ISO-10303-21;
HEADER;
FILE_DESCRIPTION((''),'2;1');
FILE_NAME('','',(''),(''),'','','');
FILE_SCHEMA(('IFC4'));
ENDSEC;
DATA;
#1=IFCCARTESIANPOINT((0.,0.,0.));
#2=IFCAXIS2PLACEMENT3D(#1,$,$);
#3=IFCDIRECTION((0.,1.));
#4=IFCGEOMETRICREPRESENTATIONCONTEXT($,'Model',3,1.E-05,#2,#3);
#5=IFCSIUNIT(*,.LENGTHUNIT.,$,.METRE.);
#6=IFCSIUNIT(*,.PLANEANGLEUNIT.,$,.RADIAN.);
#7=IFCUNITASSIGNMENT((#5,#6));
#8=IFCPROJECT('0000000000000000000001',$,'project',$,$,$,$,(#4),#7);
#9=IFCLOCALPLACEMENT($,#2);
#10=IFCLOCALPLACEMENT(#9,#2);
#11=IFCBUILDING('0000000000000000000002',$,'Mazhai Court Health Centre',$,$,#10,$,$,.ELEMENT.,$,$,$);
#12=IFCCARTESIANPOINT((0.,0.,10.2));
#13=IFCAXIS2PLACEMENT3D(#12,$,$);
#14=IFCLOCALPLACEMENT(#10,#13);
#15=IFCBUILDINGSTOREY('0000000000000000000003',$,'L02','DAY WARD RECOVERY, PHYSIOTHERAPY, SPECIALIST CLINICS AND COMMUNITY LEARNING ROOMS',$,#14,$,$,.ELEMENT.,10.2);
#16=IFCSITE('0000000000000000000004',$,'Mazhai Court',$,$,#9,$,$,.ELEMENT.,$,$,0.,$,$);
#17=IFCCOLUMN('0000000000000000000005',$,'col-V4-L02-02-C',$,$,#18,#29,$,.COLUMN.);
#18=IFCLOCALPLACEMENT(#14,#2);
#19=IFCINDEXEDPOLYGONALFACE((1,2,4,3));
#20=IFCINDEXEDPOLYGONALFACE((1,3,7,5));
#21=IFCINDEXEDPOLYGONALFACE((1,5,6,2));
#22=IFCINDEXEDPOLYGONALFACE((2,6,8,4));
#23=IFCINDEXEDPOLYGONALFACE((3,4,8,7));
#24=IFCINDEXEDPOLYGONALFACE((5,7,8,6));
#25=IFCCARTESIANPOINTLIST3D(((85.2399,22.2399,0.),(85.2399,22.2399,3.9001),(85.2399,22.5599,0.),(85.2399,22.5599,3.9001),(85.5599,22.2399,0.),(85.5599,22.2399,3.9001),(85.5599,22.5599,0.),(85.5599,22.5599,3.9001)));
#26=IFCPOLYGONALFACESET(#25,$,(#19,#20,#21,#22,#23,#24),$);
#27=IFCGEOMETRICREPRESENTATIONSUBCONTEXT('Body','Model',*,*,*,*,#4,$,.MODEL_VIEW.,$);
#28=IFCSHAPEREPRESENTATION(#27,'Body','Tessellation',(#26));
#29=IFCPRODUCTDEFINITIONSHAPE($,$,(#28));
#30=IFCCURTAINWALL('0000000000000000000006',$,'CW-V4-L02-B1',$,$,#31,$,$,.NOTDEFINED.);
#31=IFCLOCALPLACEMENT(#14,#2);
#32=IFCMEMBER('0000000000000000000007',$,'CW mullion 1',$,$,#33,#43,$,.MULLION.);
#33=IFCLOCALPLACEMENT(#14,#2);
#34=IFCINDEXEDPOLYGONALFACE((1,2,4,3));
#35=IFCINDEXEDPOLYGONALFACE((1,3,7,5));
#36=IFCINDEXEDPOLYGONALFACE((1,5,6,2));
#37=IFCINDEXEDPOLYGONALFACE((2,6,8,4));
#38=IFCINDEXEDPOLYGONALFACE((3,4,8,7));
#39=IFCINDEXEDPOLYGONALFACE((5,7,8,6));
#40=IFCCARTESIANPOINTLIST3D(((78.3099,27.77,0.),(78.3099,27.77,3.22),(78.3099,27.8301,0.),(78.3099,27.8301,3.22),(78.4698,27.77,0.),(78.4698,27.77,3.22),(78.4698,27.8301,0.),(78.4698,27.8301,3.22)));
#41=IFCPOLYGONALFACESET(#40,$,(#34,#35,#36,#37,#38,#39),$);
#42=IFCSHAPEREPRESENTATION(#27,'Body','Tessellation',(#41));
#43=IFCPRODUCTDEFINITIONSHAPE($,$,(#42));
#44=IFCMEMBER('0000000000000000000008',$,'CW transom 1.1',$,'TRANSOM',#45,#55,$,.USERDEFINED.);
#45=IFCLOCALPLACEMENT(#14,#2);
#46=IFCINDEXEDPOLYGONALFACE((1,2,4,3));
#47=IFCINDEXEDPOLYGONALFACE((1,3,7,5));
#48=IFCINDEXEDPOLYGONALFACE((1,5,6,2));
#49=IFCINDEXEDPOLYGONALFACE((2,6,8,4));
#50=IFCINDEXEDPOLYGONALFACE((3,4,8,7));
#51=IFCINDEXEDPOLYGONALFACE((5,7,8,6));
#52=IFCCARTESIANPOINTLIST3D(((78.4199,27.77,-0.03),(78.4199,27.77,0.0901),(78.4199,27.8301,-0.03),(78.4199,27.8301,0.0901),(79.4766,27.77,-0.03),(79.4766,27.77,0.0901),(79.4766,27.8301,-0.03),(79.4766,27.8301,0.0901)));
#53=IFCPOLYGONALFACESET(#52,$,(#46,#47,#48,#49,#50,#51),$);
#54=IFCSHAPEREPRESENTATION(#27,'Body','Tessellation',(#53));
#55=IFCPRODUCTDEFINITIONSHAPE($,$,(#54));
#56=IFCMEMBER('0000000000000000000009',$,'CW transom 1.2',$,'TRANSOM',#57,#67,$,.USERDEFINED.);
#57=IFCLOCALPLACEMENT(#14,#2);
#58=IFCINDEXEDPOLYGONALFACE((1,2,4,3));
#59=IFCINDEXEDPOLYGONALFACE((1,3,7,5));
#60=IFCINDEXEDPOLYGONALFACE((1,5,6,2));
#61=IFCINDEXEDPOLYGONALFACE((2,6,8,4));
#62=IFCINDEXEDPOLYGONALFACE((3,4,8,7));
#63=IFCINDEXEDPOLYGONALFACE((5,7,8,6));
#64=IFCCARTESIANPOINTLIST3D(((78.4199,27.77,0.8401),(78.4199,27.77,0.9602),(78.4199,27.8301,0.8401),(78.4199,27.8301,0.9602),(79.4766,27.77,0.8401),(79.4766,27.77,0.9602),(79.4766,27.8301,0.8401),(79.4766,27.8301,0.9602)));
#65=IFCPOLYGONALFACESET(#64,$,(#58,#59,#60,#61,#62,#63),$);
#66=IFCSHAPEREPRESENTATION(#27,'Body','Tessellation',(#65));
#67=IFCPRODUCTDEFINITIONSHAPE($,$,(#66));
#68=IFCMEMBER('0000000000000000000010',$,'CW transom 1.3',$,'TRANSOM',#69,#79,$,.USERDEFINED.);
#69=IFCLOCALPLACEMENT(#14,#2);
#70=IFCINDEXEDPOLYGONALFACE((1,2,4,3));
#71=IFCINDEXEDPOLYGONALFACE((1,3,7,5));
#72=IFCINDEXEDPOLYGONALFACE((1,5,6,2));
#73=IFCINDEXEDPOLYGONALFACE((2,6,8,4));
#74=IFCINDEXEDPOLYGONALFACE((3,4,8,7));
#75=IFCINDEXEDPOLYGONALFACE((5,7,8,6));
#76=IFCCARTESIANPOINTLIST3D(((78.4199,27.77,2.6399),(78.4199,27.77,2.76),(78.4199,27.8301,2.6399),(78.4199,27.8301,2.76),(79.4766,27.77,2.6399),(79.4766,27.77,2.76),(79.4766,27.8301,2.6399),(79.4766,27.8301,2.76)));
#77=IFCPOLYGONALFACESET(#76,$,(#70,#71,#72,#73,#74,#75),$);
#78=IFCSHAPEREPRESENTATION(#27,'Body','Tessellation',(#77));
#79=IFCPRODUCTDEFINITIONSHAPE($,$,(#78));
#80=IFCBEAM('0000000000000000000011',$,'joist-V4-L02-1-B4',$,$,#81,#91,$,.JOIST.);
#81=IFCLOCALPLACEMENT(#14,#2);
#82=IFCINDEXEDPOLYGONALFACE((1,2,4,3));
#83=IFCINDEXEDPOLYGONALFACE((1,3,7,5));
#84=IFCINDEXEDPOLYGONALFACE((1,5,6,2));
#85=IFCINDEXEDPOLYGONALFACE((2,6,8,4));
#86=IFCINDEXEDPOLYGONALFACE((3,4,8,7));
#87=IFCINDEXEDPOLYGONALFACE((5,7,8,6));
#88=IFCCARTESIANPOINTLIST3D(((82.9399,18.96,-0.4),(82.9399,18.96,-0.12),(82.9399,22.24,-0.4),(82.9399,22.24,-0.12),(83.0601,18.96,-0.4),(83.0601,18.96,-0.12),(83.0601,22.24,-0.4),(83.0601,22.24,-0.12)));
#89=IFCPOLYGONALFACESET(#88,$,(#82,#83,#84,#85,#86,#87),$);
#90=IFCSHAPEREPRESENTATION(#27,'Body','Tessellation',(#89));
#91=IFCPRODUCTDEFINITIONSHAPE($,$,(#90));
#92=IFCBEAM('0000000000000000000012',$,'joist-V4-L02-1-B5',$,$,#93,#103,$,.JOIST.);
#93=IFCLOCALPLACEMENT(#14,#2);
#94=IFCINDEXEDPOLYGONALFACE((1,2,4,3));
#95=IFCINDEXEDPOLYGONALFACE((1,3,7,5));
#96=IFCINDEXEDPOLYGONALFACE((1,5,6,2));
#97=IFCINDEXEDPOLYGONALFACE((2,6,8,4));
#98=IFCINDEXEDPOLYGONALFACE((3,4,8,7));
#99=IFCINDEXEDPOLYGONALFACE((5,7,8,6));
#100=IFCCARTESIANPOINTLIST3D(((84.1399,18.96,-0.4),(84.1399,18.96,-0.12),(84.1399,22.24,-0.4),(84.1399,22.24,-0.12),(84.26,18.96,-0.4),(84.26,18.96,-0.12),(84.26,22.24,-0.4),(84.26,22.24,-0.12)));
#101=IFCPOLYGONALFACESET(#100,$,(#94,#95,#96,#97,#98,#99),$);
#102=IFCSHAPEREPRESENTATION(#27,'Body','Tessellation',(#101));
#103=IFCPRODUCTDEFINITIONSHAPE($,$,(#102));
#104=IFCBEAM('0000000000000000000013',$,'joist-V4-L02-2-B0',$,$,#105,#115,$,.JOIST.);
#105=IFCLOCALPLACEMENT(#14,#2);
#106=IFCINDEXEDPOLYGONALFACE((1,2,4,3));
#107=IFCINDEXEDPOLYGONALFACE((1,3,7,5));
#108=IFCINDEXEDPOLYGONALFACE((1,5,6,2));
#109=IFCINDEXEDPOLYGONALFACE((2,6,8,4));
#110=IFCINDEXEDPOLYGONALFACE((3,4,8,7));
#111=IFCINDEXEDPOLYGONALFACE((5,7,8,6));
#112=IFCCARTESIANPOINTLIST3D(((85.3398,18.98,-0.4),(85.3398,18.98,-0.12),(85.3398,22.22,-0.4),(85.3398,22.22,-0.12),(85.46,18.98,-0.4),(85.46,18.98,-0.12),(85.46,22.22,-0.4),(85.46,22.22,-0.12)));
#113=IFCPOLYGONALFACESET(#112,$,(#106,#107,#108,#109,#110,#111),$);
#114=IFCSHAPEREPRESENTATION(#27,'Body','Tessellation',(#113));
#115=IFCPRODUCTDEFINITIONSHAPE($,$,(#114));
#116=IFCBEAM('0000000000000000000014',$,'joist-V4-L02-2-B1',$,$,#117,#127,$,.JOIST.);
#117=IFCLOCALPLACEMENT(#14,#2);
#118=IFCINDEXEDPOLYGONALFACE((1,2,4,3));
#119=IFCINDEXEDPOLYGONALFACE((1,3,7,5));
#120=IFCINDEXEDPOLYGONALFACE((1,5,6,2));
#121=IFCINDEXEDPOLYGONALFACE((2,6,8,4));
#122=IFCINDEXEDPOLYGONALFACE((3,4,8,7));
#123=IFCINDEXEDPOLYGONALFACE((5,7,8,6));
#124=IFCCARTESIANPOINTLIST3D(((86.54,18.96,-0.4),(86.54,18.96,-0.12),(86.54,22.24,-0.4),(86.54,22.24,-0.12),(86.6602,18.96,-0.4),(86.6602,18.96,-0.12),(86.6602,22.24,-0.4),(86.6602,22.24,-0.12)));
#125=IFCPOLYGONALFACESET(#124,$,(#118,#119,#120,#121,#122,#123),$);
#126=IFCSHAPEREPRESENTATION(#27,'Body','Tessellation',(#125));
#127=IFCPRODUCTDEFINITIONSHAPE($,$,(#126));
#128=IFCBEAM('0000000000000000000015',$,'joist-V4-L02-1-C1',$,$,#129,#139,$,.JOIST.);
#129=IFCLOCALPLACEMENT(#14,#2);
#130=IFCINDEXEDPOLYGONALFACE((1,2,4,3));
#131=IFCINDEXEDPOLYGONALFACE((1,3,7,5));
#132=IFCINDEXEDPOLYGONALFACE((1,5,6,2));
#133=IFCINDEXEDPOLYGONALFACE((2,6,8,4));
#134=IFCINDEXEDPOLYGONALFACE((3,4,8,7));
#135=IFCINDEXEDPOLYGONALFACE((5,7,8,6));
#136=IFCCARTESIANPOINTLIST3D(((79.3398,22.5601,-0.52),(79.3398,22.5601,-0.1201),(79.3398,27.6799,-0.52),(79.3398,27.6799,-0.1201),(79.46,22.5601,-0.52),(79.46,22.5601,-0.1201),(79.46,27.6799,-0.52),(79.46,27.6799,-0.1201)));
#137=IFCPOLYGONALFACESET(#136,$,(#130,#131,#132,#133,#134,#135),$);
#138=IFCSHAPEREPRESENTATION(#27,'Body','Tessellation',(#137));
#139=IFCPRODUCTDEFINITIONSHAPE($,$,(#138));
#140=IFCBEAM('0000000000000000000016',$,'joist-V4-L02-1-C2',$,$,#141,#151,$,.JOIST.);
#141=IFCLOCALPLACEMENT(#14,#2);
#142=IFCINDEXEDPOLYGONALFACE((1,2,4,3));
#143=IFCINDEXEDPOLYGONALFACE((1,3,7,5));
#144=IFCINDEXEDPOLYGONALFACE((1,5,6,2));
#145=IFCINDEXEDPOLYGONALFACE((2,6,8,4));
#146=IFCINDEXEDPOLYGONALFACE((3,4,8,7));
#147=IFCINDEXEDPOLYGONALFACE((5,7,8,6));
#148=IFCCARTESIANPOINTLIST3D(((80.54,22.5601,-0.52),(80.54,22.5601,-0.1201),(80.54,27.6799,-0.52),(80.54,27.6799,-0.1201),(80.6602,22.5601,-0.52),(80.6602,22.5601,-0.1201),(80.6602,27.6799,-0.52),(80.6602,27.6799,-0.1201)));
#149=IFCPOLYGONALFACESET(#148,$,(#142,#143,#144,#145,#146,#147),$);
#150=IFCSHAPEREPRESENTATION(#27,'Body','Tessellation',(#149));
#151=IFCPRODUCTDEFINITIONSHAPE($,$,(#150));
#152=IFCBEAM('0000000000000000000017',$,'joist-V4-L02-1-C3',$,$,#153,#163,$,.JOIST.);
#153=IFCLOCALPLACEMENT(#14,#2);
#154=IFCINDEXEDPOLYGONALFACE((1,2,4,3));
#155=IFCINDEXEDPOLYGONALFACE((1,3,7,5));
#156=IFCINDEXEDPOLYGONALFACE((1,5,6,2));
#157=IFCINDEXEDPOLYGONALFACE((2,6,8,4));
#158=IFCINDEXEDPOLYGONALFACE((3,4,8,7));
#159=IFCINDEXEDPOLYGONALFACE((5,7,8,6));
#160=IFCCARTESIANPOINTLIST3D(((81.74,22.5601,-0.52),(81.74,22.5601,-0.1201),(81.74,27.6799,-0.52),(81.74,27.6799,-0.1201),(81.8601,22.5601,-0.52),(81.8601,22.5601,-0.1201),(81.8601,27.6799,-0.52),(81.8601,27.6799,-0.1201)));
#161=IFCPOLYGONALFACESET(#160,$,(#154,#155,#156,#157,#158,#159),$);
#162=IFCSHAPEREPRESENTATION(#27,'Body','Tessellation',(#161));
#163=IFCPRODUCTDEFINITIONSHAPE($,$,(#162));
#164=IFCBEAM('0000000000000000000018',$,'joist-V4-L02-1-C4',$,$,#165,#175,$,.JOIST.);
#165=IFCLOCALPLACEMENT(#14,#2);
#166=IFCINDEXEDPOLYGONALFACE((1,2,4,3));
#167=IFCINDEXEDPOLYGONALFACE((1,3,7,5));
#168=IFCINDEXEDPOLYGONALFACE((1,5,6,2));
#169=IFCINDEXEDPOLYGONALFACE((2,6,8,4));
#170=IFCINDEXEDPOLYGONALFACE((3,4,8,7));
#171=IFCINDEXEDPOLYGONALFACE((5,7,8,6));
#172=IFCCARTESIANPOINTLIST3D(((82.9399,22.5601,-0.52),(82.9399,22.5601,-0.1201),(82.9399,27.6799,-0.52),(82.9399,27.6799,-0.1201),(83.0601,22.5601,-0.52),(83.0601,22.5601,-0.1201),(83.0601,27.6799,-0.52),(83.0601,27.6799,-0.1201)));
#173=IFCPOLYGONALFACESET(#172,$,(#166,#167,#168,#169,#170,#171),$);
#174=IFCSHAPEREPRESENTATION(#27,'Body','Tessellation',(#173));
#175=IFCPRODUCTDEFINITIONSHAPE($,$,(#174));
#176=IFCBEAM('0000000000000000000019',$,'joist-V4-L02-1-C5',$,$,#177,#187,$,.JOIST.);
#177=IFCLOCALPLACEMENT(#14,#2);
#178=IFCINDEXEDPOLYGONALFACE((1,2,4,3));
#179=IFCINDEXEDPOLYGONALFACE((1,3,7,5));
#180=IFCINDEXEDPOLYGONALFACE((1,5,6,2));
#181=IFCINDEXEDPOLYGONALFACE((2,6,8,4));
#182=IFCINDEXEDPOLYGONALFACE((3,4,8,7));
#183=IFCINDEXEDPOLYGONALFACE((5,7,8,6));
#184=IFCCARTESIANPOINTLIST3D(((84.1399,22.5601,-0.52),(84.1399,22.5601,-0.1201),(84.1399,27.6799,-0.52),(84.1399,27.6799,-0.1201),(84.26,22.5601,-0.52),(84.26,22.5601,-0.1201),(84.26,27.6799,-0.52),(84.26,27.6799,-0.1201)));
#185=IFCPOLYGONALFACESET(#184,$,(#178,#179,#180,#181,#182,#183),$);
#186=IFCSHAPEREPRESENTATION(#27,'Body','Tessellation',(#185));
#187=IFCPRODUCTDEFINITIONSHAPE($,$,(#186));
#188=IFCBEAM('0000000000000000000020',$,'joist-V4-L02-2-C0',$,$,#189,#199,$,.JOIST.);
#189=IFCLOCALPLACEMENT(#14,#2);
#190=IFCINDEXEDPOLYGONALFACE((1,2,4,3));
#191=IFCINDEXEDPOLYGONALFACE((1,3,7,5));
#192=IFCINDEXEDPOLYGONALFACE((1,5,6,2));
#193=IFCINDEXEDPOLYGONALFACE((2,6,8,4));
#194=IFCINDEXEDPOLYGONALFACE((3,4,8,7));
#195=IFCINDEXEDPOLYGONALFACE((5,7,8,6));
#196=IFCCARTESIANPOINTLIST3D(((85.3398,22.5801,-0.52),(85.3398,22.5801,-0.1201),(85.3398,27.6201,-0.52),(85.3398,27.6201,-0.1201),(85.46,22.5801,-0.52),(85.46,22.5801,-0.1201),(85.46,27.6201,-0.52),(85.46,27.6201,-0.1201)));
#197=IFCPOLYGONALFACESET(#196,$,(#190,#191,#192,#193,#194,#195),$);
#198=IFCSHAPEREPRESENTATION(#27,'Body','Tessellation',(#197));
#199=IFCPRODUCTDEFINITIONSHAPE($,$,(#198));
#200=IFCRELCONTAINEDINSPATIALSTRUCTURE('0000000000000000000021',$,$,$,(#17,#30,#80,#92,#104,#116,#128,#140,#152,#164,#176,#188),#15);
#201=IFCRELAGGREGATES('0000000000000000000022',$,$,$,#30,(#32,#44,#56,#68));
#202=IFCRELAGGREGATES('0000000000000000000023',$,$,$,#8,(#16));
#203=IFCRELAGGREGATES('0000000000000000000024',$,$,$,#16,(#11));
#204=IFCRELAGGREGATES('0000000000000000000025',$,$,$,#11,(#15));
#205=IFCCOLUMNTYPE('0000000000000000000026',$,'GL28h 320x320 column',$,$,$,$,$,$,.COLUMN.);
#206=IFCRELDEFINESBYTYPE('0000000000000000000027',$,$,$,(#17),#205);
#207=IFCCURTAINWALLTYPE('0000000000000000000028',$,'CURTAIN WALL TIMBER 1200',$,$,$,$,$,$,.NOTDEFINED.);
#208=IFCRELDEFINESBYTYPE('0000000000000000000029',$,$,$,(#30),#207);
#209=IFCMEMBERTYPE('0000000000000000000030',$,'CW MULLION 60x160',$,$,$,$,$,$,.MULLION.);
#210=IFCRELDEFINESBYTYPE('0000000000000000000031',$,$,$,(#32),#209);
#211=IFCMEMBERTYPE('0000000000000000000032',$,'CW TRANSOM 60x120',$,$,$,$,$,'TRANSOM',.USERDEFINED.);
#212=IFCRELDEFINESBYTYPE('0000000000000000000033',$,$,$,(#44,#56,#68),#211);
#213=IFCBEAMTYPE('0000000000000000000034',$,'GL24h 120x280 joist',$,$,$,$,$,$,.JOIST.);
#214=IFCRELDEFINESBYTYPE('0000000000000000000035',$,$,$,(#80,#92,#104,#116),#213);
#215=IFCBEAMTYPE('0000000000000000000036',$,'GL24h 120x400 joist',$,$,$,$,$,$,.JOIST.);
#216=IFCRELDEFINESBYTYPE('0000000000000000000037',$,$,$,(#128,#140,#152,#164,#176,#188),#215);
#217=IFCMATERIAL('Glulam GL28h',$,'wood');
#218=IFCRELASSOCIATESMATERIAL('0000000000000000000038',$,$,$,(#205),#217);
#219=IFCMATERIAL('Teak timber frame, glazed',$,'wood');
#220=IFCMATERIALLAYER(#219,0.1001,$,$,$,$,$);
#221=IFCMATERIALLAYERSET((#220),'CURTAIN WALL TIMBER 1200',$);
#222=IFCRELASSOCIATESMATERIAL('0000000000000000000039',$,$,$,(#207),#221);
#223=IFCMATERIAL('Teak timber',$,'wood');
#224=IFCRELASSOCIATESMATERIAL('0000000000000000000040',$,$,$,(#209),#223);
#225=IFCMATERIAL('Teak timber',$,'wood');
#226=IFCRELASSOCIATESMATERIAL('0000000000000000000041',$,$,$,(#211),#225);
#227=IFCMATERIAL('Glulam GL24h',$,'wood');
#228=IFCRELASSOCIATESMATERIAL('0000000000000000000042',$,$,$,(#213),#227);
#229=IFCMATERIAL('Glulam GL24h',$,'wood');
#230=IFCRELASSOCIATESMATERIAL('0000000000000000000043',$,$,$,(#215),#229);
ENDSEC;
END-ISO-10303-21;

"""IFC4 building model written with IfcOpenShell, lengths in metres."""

from ifc_helpers import new_model, si_unit, direction, frame, origin, origin_2d, place, context, subcontext, project, spatial, rectangle, extrude, material, layer, layer_set, material_profile, profile_set, type_object, element, aggregate, save


model = new_model("IFC4")

# Units and contexts
model_context = context("Model", 3, precision=1e-05, world=origin(), true_north=direction((0.0, 1.0)))
body_context = subcontext(model_context, "Body", "Model", "MODEL_VIEW")
ifc_project = project(units=[si_unit("LENGTHUNIT", "METRE"), si_unit("PLANEANGLEUNIT", "RADIAN")], contexts=[model_context])

# Site, building, storey
site_placement = place(None, origin())
site = spatial("IfcSite", under=ifc_project, at=site_placement, Name="Mazhai Court", CompositionType="ELEMENT", RefElevation=0.0)
building_placement = place(site_placement, origin())
building = spatial("IfcBuilding", under=site, at=building_placement, Name="Mazhai Court Health Centre", CompositionType="ELEMENT")
storey_placement = place(building_placement, frame((0.0, 0.0, 10.2)))
storey = spatial("IfcBuildingStorey", under=building, at=storey_placement, Name="L02", Description="DAY WARD RECOVERY, PHYSIOTHERAPY, SPECIALIST CLINICS AND COMMUNITY LEARNING ROOMS", CompositionType="ELEMENT", Elevation=10.2)

# Column
ifc_material_1 = material(Name="Glulam GL28h", Category="wood")
ifc_material_profile_1 = material_profile(ifc_material_1, rectangle(XDim=0.3201, YDim=0.3201, at=origin_2d()), Name="GL28h 320x320")
ifc_profile_set_1 = profile_set([ifc_material_profile_1], Name="Glulam GL28h")
column_type = type_object("IfcColumnType", Name="GL28h 320x320 column", PredefinedType="COLUMN", material=ifc_profile_set_1)
column_placement = place(storey_placement, frame((85.3999, 22.3999, 0.0), z_axis=(0.0, 0.0, 1.0), x_axis=(1.0, 0.0, 0.0)))
element("IfcColumn", 1, at=column_placement, inside=storey, type_object=column_type, Name="col-V4-L02-02-C", PredefinedType="COLUMN", context=body_context, shape_type="SweptSolid", body=[
    extrude(rectangle(XDim=0.3201, YDim=0.3201, at=origin_2d()), origin(), (0.0, 0.0, 1.0), 3.9001),
])

# Curtain wall, members
ifc_material_2 = material(Name="Teak timber frame, glazed", Category="wood")
ifc_layer_1 = layer(ifc_material_2, 0.1001)
ifc_layer_set_1 = layer_set([ifc_layer_1], Name="CURTAIN WALL TIMBER 1200")
curtain_wall_type = type_object("IfcCurtainWallType", Name="CURTAIN WALL TIMBER 1200", PredefinedType="NOTDEFINED", material=ifc_layer_set_1)
curtain_wall_placement = place(storey_placement, origin())
curtain_wall = element("IfcCurtainWall", 2, at=curtain_wall_placement, inside=storey, type_object=curtain_wall_type, Name="CW-V4-L02-B1", PredefinedType="NOTDEFINED")
ifc_material_3 = material(Name="Teak timber", Category="wood")
ifc_material_profile_2 = material_profile(ifc_material_3, rectangle(XDim=0.0601, YDim=0.1599, at=origin_2d()), Name="CW MULLION 60x160")
ifc_profile_set_2 = profile_set([ifc_material_profile_2], Name="Teak timber")
member_type_1 = type_object("IfcMemberType", Name="CW MULLION 60x160", PredefinedType="MULLION", material=ifc_profile_set_2)
member_1_placement = place(storey_placement, frame((78.3899, 27.8, 0.0), z_axis=(0.0, 0.0, 1.0), x_axis=(0.0, 1.0, 0.0)))
member_1 = element("IfcMember", 3, at=member_1_placement, type_object=member_type_1, Name="CW mullion 1", PredefinedType="MULLION", context=body_context, shape_type="SweptSolid", body=[
    extrude(rectangle(XDim=0.0601, YDim=0.1599, at=origin_2d()), origin(), (0.0, 0.0, 1.0), 3.22),
])
ifc_material_4 = material(Name="Teak timber", Category="wood")
ifc_material_profile_3 = material_profile(ifc_material_4, rectangle(XDim=0.0601, YDim=0.1201, at=origin_2d()), Name="CW TRANSOM 60x120")
ifc_profile_set_3 = profile_set([ifc_material_profile_3], Name="Teak timber")
member_type_2 = type_object("IfcMemberType", Name="CW TRANSOM 60x120", ElementType="TRANSOM", PredefinedType="USERDEFINED", material=ifc_profile_set_3)
member_2_placement = place(storey_placement, frame((78.4199, 27.8, 0.03), z_axis=(1.0, 0.0, 0.0), x_axis=(0.0, 1.0, 0.0)))
member_2 = element("IfcMember", 4, at=member_2_placement, type_object=member_type_2, Name="CW transom 1.1", ObjectType="TRANSOM", PredefinedType="USERDEFINED", context=body_context, shape_type="SweptSolid", body=[
    extrude(rectangle(XDim=0.0601, YDim=0.1201, at=origin_2d()), origin(), (0.0, 0.0, 1.0), 1.0566),
])
member_3_placement = place(storey_placement, frame((78.4199, 27.8, 0.9001), z_axis=(1.0, 0.0, 0.0), x_axis=(0.0, 1.0, 0.0)))
member_3 = element("IfcMember", 5, at=member_3_placement, type_object=member_type_2, Name="CW transom 1.2", ObjectType="TRANSOM", PredefinedType="USERDEFINED", context=body_context, shape_type="SweptSolid", body=[
    extrude(rectangle(XDim=0.0601, YDim=0.1201, at=origin_2d()), origin(), (0.0, 0.0, 1.0), 1.0566),
])
member_4_placement = place(storey_placement, frame((78.4199, 27.8, 2.7), z_axis=(1.0, 0.0, 0.0), x_axis=(0.0, 1.0, 0.0)))
member_4 = element("IfcMember", 6, at=member_4_placement, type_object=member_type_2, Name="CW transom 1.3", ObjectType="TRANSOM", PredefinedType="USERDEFINED", context=body_context, shape_type="SweptSolid", body=[
    extrude(rectangle(XDim=0.0601, YDim=0.1201, at=origin_2d()), origin(), (0.0, 0.0, 1.0), 1.0566),
])
aggregate(curtain_wall, [member_1, member_2, member_3, member_4])

# Beams
ifc_material_5 = material(Name="Glulam GL24h", Category="wood")
ifc_material_profile_4 = material_profile(ifc_material_5, rectangle(XDim=0.1201, YDim=0.28, at=origin_2d()), Name="GL24h 120x280")
ifc_profile_set_4 = profile_set([ifc_material_profile_4], Name="Glulam GL24h")
beam_type_1 = type_object("IfcBeamType", Name="GL24h 120x280 joist", PredefinedType="JOIST", material=ifc_profile_set_4)
for number, where, z_axis, x_axis, name in (
    (7, (83.0, 18.96, -0.26), (0.0, 1.0, 0.0), (-1.0, 0.0, 0.0), "joist-V4-L02-1-B4"),
    (8, (84.2, 18.96, -0.26), (0.0, 1.0, 0.0), (-1.0, 0.0, 0.0), "joist-V4-L02-1-B5"),
):
    element("IfcBeam", number, at=place(storey_placement, frame(where, z_axis=z_axis, x_axis=x_axis)), inside=storey, type_object=beam_type_1, Name=name, PredefinedType="JOIST", context=body_context, shape_type="SweptSolid", body=[
        extrude(rectangle(XDim=0.1201, YDim=0.28, at=origin_2d()), origin(), (0.0, 0.0, 1.0), 3.28),
    ])
beam_1_placement = place(storey_placement, frame((85.3999, 18.98, -0.26), z_axis=(0.0, 1.0, 0.0), x_axis=(-1.0, 0.0, 0.0)))
element("IfcBeam", 9, at=beam_1_placement, inside=storey, type_object=beam_type_1, Name="joist-V4-L02-2-B0", PredefinedType="JOIST", context=body_context, shape_type="SweptSolid", body=[
    extrude(rectangle(XDim=0.1201, YDim=0.28, at=origin_2d()), origin(), (0.0, 0.0, 1.0), 3.24),
])
beam_2_placement = place(storey_placement, frame((86.6001, 18.96, -0.26), z_axis=(0.0, 1.0, 0.0), x_axis=(-1.0, 0.0, 0.0)))
element("IfcBeam", 10, at=beam_2_placement, inside=storey, type_object=beam_type_1, Name="joist-V4-L02-2-B1", PredefinedType="JOIST", context=body_context, shape_type="SweptSolid", body=[
    extrude(rectangle(XDim=0.1201, YDim=0.28, at=origin_2d()), origin(), (0.0, 0.0, 1.0), 3.28),
])
ifc_material_6 = material(Name="Glulam GL24h", Category="wood")
ifc_material_profile_5 = material_profile(ifc_material_6, rectangle(XDim=0.1201, YDim=0.3999, at=origin_2d()), Name="GL24h 120x400")
ifc_profile_set_5 = profile_set([ifc_material_profile_5], Name="Glulam GL24h")
beam_type_2 = type_object("IfcBeamType", Name="GL24h 120x400 joist", PredefinedType="JOIST", material=ifc_profile_set_5)
for number, where, z_axis, x_axis, name in (
    (11, (79.3999, 22.5601, -0.3201), (0.0, 1.0, 0.0), (-1.0, 0.0, 0.0), "joist-V4-L02-1-C1"),
    (12, (80.6001, 22.5601, -0.3201), (0.0, 1.0, 0.0), (-1.0, 0.0, 0.0), "joist-V4-L02-1-C2"),
    (13, (81.8, 22.5601, -0.3201), (0.0, 1.0, 0.0), (-1.0, 0.0, 0.0), "joist-V4-L02-1-C3"),
    (14, (83.0, 22.5601, -0.3201), (0.0, 1.0, 0.0), (-1.0, 0.0, 0.0), "joist-V4-L02-1-C4"),
    (15, (84.2, 22.5601, -0.3201), (0.0, 1.0, 0.0), (-1.0, 0.0, 0.0), "joist-V4-L02-1-C5"),
):
    element("IfcBeam", number, at=place(storey_placement, frame(where, z_axis=z_axis, x_axis=x_axis)), inside=storey, type_object=beam_type_2, Name=name, PredefinedType="JOIST", context=body_context, shape_type="SweptSolid", body=[
        extrude(rectangle(XDim=0.1201, YDim=0.3999, at=origin_2d()), origin(), (0.0, 0.0, 1.0), 5.1199),
    ])
beam_3_placement = place(storey_placement, frame((85.3999, 22.5801, -0.3201), z_axis=(0.0, 1.0, 0.0), x_axis=(-1.0, 0.0, 0.0)))
element("IfcBeam", 16, at=beam_3_placement, inside=storey, type_object=beam_type_2, Name="joist-V4-L02-2-C0", PredefinedType="JOIST", context=body_context, shape_type="SweptSolid", body=[
    extrude(rectangle(XDim=0.1201, YDim=0.3999, at=origin_2d()), origin(), (0.0, 0.0, 1.0), 5.04),
])

save(model, "model.ifc")
